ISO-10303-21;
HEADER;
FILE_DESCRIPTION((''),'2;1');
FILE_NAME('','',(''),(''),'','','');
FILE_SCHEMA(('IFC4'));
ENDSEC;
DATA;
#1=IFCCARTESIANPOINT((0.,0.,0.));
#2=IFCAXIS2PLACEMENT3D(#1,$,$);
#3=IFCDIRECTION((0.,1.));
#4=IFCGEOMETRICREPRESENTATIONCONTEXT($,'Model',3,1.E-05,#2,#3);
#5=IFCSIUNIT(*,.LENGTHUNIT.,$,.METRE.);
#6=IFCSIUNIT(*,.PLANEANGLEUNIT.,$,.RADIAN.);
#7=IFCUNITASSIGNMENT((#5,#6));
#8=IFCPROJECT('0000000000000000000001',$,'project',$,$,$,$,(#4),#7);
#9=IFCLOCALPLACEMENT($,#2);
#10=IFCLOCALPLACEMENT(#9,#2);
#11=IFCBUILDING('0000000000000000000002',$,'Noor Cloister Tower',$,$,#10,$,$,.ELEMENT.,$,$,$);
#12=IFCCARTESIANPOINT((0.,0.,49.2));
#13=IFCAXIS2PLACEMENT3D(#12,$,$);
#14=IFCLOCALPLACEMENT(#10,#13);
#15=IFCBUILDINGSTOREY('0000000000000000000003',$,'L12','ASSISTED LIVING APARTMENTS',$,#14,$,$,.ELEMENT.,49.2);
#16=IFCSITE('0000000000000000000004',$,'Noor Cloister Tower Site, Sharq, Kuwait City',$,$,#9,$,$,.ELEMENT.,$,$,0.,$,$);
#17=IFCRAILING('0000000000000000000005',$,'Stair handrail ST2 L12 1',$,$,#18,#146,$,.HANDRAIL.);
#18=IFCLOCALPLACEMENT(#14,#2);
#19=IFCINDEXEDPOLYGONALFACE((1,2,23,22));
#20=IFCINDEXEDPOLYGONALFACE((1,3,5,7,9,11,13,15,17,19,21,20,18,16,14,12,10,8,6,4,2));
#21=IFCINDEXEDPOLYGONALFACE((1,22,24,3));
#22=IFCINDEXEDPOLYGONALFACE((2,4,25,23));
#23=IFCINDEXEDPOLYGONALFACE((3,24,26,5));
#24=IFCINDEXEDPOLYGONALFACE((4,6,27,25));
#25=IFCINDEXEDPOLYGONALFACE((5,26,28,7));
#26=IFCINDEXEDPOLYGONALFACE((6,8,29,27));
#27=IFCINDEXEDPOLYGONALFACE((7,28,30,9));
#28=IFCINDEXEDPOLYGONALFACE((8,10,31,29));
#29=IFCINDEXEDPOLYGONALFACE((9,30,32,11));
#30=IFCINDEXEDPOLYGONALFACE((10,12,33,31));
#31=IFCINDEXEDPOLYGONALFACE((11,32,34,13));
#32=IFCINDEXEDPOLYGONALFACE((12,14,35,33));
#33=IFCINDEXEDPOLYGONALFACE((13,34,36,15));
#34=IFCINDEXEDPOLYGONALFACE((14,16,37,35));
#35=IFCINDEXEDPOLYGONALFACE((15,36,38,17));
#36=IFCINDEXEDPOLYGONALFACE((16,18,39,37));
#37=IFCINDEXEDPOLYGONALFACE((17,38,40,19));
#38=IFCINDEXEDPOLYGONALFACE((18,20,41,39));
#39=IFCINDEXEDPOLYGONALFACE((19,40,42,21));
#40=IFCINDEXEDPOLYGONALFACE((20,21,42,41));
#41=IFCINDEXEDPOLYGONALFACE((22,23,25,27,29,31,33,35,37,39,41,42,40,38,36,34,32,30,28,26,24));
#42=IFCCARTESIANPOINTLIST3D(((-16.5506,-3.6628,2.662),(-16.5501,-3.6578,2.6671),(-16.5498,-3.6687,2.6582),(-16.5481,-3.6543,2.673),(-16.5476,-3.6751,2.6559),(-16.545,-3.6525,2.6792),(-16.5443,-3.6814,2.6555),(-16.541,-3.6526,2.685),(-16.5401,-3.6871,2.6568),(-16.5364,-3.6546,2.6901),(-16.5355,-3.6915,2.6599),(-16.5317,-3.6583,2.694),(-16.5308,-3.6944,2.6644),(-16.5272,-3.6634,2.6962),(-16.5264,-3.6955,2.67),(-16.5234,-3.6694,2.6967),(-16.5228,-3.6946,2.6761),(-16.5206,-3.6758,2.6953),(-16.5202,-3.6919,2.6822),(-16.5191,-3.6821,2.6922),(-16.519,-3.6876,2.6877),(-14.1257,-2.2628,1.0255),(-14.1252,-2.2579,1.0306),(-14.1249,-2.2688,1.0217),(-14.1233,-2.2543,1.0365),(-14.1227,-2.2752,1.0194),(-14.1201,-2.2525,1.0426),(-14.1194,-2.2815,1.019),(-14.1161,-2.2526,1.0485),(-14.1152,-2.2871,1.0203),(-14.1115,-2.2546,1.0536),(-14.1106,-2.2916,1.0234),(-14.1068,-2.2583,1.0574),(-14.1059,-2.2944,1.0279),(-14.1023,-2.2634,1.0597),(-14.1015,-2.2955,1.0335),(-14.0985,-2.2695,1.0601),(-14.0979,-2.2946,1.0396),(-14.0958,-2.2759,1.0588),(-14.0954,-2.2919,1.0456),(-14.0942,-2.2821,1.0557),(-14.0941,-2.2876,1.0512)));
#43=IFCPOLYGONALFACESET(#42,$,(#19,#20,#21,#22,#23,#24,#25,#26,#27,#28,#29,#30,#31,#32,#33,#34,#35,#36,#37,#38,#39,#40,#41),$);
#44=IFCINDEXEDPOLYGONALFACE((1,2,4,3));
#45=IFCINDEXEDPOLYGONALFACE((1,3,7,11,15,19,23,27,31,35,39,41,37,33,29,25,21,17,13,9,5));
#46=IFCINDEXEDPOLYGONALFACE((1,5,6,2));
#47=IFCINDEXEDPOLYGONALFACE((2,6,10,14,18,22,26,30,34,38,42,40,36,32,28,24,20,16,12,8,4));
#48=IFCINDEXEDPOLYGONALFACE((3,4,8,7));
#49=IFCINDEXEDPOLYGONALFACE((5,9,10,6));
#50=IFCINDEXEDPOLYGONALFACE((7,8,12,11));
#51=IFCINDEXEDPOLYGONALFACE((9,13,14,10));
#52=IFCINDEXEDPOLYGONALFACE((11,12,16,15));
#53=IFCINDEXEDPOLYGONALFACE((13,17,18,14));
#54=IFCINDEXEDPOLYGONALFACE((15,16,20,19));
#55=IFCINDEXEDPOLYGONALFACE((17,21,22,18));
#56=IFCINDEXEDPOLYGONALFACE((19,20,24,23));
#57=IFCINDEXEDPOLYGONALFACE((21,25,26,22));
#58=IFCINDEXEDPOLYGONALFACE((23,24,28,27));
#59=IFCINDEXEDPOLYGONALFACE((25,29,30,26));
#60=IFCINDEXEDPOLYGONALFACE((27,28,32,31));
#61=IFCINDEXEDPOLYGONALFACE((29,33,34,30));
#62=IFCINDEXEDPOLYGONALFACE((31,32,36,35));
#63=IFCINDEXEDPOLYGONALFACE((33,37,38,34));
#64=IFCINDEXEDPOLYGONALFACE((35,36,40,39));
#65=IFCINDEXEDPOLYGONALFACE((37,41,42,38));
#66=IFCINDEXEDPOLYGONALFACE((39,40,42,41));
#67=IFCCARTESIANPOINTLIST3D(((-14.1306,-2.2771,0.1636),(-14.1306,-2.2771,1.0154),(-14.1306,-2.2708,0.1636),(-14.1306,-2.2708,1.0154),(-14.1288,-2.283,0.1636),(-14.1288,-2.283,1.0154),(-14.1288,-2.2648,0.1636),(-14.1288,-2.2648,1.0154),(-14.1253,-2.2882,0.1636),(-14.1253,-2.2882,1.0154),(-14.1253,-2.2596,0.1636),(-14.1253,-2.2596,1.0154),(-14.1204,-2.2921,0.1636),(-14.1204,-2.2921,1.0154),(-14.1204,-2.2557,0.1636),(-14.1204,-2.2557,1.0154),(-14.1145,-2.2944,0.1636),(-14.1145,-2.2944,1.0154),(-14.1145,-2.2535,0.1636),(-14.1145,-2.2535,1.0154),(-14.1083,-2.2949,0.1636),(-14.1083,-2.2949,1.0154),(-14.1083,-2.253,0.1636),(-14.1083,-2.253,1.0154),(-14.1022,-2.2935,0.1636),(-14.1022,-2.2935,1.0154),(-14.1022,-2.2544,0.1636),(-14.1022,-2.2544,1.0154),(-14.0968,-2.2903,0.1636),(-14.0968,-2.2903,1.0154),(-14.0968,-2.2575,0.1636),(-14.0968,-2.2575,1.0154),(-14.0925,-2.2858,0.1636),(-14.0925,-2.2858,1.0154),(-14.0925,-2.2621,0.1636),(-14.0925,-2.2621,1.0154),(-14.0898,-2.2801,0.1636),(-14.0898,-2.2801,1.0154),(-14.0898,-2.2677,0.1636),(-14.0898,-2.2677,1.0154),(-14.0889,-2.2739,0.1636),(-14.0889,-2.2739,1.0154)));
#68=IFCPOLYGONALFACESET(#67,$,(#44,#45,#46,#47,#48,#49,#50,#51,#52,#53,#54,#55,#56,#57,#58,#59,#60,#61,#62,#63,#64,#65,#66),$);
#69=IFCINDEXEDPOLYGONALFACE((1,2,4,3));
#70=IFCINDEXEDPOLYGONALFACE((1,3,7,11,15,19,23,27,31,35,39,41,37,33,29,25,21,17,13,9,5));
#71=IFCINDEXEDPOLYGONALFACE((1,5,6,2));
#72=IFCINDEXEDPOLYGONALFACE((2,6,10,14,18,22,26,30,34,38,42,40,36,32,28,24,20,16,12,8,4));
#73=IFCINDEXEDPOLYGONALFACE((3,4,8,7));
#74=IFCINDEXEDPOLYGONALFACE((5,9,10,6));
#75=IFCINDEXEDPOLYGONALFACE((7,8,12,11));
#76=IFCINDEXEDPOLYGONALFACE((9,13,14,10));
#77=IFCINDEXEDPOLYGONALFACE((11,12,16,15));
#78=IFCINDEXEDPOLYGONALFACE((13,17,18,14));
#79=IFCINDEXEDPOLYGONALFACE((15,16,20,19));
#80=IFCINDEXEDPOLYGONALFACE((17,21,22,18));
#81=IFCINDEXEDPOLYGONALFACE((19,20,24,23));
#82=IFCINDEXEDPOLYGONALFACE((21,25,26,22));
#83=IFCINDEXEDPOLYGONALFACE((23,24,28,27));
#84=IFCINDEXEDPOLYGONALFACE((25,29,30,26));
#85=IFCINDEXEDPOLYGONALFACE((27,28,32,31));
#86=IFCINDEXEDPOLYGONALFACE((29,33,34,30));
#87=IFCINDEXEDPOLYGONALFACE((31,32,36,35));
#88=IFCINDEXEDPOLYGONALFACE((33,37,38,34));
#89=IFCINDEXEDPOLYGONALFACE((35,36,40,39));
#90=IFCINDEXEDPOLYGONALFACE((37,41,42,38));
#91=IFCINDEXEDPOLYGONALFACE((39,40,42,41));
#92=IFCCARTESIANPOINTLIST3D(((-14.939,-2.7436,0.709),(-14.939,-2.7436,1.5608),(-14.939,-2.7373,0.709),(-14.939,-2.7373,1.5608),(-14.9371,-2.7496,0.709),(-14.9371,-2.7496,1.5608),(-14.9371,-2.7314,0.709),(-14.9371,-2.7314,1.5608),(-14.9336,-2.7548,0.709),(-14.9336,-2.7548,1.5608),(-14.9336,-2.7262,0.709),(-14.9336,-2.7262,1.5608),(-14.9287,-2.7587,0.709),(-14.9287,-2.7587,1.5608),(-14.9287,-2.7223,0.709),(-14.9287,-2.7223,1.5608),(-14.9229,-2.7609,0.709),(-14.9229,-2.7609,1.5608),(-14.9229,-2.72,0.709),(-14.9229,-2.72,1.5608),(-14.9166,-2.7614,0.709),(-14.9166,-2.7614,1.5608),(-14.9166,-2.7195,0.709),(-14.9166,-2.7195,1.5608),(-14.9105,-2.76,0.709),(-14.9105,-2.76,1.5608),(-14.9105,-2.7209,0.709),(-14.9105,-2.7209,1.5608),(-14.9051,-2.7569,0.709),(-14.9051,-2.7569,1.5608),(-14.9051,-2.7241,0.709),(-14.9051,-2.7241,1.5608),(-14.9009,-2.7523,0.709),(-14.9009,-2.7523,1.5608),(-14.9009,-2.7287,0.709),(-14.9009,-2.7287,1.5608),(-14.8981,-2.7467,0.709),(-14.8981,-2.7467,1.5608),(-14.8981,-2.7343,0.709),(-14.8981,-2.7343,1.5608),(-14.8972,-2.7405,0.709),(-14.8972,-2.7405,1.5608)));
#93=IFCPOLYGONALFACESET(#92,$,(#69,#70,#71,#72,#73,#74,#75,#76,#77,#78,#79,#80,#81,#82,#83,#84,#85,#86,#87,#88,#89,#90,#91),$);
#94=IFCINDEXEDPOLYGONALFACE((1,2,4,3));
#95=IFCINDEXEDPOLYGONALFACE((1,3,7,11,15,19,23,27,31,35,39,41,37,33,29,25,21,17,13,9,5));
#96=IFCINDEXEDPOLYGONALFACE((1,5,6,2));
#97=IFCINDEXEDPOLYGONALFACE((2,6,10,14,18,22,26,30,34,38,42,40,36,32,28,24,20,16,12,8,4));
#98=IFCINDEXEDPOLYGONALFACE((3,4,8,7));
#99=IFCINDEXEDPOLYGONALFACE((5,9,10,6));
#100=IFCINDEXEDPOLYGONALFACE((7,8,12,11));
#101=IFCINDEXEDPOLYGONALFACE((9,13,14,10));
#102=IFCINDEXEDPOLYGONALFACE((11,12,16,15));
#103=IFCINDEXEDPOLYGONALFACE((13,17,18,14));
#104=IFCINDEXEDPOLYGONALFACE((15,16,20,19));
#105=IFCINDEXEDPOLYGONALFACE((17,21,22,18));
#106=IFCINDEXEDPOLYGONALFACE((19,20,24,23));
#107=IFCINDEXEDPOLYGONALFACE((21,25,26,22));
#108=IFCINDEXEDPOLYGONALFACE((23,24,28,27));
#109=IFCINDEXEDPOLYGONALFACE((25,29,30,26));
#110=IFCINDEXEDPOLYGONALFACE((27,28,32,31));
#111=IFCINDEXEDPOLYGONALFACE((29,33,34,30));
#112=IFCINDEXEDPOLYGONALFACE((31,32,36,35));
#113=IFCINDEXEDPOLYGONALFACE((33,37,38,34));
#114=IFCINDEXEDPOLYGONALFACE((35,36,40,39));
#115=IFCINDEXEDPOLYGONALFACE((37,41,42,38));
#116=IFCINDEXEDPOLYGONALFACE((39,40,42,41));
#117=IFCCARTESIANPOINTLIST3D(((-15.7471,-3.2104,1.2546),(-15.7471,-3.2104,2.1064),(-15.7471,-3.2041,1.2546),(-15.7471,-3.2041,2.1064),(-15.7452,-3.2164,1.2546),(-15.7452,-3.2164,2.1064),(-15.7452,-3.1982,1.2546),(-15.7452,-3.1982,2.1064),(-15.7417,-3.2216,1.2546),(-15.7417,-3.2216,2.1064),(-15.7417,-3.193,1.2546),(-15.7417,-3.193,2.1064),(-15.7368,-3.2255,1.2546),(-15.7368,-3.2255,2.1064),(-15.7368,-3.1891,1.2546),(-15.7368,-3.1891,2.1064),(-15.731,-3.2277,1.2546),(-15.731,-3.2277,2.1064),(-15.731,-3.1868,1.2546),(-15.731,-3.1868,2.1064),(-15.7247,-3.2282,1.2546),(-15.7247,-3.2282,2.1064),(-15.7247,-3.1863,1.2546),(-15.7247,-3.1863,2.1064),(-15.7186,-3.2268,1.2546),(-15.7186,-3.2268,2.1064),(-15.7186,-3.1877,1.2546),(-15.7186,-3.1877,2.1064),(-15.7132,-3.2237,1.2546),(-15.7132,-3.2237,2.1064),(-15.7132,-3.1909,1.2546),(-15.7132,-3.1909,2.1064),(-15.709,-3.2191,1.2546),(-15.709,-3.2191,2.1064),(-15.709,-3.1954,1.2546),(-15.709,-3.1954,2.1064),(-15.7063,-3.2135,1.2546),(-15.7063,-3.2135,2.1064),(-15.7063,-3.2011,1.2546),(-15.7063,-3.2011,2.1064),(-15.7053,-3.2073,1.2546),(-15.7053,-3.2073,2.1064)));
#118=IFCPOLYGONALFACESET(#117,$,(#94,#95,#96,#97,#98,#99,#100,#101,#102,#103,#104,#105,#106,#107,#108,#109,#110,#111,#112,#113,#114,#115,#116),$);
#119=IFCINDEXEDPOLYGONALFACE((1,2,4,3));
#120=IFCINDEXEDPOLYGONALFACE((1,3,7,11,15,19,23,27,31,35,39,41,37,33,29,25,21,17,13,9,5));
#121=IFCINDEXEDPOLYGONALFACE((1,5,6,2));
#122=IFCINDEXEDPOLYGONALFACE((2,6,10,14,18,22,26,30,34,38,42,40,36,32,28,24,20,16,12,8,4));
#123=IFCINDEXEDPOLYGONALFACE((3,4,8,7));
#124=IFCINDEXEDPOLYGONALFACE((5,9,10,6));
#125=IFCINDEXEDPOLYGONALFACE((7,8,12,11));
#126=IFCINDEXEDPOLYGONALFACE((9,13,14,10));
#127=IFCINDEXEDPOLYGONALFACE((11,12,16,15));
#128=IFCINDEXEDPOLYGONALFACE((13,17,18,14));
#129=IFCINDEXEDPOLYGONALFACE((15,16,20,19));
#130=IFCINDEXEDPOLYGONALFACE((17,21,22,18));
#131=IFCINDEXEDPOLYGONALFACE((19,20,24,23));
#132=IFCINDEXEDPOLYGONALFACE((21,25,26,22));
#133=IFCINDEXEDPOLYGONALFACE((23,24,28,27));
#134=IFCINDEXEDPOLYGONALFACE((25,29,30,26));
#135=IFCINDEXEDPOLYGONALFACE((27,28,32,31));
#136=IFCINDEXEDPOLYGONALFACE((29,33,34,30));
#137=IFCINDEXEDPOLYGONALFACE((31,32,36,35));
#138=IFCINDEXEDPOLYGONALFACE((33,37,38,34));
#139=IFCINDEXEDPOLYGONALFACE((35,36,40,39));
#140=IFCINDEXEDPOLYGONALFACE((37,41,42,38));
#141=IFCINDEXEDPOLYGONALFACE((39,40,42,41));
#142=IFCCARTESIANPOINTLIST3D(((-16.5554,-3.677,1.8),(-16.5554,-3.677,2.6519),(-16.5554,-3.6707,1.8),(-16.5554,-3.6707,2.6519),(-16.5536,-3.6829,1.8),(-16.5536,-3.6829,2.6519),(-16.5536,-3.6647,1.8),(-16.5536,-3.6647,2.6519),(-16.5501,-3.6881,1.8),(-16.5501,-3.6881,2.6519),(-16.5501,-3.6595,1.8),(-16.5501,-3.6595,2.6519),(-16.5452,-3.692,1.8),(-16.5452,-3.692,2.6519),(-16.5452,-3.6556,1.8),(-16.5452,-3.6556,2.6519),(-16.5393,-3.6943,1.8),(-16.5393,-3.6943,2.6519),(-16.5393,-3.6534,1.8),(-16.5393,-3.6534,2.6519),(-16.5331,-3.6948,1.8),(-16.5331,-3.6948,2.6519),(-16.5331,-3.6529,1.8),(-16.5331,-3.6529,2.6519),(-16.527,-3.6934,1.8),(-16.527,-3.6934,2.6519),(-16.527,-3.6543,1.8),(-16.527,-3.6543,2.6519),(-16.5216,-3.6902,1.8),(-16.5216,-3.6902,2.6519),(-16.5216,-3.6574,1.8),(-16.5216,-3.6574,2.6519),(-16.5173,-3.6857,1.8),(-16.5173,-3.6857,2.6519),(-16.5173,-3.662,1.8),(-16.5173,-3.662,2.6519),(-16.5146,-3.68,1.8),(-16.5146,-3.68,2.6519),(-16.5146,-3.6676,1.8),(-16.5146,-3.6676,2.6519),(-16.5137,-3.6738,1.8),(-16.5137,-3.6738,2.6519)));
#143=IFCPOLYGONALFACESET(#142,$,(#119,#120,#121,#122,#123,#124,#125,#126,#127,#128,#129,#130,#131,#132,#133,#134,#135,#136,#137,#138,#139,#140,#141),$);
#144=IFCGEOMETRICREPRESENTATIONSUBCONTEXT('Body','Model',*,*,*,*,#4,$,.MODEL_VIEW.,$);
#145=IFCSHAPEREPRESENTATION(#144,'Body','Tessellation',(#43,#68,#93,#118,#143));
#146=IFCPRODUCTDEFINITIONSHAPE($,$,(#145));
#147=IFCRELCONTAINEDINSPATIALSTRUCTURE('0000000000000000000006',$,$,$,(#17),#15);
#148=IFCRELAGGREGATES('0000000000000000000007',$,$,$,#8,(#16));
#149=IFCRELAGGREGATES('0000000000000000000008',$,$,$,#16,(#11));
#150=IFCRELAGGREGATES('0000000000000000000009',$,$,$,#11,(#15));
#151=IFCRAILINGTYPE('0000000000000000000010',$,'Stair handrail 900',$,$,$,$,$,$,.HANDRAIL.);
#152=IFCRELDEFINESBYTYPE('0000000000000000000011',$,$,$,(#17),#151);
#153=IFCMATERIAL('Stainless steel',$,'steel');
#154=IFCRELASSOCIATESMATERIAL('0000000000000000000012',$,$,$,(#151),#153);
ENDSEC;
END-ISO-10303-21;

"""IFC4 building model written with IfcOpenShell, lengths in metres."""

from ifc_helpers import new_model, si_unit, direction, frame, origin, origin_2d, place, context, subcontext, project, spatial, circle, extrude, material, type_object, element, save


model = new_model("IFC4")

# Units and contexts
model_context = context("Model", 3, precision=1e-05, world=origin(), true_north=direction((0.0, 1.0)))
body_context = subcontext(model_context, "Body", "Model", "MODEL_VIEW")
ifc_project = project(units=[si_unit("LENGTHUNIT", "METRE"), si_unit("PLANEANGLEUNIT", "RADIAN")], contexts=[model_context])

# Site, building, storey
site_placement = place(None, origin())
site = spatial("IfcSite", under=ifc_project, at=site_placement, Name="Noor Cloister Tower Site, Sharq, Kuwait City", CompositionType="ELEMENT", RefElevation=0.0)
building_placement = place(site_placement, origin())
building = spatial("IfcBuilding", under=site, at=building_placement, Name="Noor Cloister Tower", CompositionType="ELEMENT")
storey_placement = place(building_placement, frame((0.0, 0.0, 49.2)))
storey = spatial("IfcBuildingStorey", under=building, at=storey_placement, Name="L12", Description="ASSISTED LIVING APARTMENTS", CompositionType="ELEMENT", Elevation=49.2)

# Railing
ifc_material_1 = material(Name="Stainless steel", Category="steel")
railing_type = type_object("IfcRailingType", Name="Stair handrail 900", PredefinedType="HANDRAIL", material=ifc_material_1)
railing_1_placement = place(storey_placement, frame((-14.1099, -2.2739, 0.1636)))
element("IfcRailing", 1, at=railing_1_placement, inside=storey, type_object=railing_type, Name="Stair handrail ST2 L12 1", PredefinedType="HANDRAIL", context=body_context, shape_type="SweptSolid", body=[
    extrude(circle(Radius=0.0239, at=origin_2d()), frame((0.0, 0.0, 0.876), z_axis=(-0.74769, -0.431661, 0.504608), x_axis=(0.499984, -0.866035, 0.0)), (0.0, 0.0, 1.0), 3.2432),
    extrude(circle(Radius=0.021, at=origin_2d()), origin(), (0.0, 0.0, 1.0), 0.8518),
    extrude(circle(Radius=0.021, at=origin_2d()), frame((-0.8083, -0.4666, 0.5454)), (0.0, 0.0, 1.0), 0.8518),
    extrude(circle(Radius=0.021, at=origin_2d()), frame((-1.6165, -0.9333, 1.0911)), (0.0, 0.0, 1.0), 0.8518),
    extrude(circle(Radius=0.021, at=origin_2d()), frame((-2.4248, -1.3999, 1.6365)), (0.0, 0.0, 1.0), 0.8518),
])

save(model, "model.ifc")
